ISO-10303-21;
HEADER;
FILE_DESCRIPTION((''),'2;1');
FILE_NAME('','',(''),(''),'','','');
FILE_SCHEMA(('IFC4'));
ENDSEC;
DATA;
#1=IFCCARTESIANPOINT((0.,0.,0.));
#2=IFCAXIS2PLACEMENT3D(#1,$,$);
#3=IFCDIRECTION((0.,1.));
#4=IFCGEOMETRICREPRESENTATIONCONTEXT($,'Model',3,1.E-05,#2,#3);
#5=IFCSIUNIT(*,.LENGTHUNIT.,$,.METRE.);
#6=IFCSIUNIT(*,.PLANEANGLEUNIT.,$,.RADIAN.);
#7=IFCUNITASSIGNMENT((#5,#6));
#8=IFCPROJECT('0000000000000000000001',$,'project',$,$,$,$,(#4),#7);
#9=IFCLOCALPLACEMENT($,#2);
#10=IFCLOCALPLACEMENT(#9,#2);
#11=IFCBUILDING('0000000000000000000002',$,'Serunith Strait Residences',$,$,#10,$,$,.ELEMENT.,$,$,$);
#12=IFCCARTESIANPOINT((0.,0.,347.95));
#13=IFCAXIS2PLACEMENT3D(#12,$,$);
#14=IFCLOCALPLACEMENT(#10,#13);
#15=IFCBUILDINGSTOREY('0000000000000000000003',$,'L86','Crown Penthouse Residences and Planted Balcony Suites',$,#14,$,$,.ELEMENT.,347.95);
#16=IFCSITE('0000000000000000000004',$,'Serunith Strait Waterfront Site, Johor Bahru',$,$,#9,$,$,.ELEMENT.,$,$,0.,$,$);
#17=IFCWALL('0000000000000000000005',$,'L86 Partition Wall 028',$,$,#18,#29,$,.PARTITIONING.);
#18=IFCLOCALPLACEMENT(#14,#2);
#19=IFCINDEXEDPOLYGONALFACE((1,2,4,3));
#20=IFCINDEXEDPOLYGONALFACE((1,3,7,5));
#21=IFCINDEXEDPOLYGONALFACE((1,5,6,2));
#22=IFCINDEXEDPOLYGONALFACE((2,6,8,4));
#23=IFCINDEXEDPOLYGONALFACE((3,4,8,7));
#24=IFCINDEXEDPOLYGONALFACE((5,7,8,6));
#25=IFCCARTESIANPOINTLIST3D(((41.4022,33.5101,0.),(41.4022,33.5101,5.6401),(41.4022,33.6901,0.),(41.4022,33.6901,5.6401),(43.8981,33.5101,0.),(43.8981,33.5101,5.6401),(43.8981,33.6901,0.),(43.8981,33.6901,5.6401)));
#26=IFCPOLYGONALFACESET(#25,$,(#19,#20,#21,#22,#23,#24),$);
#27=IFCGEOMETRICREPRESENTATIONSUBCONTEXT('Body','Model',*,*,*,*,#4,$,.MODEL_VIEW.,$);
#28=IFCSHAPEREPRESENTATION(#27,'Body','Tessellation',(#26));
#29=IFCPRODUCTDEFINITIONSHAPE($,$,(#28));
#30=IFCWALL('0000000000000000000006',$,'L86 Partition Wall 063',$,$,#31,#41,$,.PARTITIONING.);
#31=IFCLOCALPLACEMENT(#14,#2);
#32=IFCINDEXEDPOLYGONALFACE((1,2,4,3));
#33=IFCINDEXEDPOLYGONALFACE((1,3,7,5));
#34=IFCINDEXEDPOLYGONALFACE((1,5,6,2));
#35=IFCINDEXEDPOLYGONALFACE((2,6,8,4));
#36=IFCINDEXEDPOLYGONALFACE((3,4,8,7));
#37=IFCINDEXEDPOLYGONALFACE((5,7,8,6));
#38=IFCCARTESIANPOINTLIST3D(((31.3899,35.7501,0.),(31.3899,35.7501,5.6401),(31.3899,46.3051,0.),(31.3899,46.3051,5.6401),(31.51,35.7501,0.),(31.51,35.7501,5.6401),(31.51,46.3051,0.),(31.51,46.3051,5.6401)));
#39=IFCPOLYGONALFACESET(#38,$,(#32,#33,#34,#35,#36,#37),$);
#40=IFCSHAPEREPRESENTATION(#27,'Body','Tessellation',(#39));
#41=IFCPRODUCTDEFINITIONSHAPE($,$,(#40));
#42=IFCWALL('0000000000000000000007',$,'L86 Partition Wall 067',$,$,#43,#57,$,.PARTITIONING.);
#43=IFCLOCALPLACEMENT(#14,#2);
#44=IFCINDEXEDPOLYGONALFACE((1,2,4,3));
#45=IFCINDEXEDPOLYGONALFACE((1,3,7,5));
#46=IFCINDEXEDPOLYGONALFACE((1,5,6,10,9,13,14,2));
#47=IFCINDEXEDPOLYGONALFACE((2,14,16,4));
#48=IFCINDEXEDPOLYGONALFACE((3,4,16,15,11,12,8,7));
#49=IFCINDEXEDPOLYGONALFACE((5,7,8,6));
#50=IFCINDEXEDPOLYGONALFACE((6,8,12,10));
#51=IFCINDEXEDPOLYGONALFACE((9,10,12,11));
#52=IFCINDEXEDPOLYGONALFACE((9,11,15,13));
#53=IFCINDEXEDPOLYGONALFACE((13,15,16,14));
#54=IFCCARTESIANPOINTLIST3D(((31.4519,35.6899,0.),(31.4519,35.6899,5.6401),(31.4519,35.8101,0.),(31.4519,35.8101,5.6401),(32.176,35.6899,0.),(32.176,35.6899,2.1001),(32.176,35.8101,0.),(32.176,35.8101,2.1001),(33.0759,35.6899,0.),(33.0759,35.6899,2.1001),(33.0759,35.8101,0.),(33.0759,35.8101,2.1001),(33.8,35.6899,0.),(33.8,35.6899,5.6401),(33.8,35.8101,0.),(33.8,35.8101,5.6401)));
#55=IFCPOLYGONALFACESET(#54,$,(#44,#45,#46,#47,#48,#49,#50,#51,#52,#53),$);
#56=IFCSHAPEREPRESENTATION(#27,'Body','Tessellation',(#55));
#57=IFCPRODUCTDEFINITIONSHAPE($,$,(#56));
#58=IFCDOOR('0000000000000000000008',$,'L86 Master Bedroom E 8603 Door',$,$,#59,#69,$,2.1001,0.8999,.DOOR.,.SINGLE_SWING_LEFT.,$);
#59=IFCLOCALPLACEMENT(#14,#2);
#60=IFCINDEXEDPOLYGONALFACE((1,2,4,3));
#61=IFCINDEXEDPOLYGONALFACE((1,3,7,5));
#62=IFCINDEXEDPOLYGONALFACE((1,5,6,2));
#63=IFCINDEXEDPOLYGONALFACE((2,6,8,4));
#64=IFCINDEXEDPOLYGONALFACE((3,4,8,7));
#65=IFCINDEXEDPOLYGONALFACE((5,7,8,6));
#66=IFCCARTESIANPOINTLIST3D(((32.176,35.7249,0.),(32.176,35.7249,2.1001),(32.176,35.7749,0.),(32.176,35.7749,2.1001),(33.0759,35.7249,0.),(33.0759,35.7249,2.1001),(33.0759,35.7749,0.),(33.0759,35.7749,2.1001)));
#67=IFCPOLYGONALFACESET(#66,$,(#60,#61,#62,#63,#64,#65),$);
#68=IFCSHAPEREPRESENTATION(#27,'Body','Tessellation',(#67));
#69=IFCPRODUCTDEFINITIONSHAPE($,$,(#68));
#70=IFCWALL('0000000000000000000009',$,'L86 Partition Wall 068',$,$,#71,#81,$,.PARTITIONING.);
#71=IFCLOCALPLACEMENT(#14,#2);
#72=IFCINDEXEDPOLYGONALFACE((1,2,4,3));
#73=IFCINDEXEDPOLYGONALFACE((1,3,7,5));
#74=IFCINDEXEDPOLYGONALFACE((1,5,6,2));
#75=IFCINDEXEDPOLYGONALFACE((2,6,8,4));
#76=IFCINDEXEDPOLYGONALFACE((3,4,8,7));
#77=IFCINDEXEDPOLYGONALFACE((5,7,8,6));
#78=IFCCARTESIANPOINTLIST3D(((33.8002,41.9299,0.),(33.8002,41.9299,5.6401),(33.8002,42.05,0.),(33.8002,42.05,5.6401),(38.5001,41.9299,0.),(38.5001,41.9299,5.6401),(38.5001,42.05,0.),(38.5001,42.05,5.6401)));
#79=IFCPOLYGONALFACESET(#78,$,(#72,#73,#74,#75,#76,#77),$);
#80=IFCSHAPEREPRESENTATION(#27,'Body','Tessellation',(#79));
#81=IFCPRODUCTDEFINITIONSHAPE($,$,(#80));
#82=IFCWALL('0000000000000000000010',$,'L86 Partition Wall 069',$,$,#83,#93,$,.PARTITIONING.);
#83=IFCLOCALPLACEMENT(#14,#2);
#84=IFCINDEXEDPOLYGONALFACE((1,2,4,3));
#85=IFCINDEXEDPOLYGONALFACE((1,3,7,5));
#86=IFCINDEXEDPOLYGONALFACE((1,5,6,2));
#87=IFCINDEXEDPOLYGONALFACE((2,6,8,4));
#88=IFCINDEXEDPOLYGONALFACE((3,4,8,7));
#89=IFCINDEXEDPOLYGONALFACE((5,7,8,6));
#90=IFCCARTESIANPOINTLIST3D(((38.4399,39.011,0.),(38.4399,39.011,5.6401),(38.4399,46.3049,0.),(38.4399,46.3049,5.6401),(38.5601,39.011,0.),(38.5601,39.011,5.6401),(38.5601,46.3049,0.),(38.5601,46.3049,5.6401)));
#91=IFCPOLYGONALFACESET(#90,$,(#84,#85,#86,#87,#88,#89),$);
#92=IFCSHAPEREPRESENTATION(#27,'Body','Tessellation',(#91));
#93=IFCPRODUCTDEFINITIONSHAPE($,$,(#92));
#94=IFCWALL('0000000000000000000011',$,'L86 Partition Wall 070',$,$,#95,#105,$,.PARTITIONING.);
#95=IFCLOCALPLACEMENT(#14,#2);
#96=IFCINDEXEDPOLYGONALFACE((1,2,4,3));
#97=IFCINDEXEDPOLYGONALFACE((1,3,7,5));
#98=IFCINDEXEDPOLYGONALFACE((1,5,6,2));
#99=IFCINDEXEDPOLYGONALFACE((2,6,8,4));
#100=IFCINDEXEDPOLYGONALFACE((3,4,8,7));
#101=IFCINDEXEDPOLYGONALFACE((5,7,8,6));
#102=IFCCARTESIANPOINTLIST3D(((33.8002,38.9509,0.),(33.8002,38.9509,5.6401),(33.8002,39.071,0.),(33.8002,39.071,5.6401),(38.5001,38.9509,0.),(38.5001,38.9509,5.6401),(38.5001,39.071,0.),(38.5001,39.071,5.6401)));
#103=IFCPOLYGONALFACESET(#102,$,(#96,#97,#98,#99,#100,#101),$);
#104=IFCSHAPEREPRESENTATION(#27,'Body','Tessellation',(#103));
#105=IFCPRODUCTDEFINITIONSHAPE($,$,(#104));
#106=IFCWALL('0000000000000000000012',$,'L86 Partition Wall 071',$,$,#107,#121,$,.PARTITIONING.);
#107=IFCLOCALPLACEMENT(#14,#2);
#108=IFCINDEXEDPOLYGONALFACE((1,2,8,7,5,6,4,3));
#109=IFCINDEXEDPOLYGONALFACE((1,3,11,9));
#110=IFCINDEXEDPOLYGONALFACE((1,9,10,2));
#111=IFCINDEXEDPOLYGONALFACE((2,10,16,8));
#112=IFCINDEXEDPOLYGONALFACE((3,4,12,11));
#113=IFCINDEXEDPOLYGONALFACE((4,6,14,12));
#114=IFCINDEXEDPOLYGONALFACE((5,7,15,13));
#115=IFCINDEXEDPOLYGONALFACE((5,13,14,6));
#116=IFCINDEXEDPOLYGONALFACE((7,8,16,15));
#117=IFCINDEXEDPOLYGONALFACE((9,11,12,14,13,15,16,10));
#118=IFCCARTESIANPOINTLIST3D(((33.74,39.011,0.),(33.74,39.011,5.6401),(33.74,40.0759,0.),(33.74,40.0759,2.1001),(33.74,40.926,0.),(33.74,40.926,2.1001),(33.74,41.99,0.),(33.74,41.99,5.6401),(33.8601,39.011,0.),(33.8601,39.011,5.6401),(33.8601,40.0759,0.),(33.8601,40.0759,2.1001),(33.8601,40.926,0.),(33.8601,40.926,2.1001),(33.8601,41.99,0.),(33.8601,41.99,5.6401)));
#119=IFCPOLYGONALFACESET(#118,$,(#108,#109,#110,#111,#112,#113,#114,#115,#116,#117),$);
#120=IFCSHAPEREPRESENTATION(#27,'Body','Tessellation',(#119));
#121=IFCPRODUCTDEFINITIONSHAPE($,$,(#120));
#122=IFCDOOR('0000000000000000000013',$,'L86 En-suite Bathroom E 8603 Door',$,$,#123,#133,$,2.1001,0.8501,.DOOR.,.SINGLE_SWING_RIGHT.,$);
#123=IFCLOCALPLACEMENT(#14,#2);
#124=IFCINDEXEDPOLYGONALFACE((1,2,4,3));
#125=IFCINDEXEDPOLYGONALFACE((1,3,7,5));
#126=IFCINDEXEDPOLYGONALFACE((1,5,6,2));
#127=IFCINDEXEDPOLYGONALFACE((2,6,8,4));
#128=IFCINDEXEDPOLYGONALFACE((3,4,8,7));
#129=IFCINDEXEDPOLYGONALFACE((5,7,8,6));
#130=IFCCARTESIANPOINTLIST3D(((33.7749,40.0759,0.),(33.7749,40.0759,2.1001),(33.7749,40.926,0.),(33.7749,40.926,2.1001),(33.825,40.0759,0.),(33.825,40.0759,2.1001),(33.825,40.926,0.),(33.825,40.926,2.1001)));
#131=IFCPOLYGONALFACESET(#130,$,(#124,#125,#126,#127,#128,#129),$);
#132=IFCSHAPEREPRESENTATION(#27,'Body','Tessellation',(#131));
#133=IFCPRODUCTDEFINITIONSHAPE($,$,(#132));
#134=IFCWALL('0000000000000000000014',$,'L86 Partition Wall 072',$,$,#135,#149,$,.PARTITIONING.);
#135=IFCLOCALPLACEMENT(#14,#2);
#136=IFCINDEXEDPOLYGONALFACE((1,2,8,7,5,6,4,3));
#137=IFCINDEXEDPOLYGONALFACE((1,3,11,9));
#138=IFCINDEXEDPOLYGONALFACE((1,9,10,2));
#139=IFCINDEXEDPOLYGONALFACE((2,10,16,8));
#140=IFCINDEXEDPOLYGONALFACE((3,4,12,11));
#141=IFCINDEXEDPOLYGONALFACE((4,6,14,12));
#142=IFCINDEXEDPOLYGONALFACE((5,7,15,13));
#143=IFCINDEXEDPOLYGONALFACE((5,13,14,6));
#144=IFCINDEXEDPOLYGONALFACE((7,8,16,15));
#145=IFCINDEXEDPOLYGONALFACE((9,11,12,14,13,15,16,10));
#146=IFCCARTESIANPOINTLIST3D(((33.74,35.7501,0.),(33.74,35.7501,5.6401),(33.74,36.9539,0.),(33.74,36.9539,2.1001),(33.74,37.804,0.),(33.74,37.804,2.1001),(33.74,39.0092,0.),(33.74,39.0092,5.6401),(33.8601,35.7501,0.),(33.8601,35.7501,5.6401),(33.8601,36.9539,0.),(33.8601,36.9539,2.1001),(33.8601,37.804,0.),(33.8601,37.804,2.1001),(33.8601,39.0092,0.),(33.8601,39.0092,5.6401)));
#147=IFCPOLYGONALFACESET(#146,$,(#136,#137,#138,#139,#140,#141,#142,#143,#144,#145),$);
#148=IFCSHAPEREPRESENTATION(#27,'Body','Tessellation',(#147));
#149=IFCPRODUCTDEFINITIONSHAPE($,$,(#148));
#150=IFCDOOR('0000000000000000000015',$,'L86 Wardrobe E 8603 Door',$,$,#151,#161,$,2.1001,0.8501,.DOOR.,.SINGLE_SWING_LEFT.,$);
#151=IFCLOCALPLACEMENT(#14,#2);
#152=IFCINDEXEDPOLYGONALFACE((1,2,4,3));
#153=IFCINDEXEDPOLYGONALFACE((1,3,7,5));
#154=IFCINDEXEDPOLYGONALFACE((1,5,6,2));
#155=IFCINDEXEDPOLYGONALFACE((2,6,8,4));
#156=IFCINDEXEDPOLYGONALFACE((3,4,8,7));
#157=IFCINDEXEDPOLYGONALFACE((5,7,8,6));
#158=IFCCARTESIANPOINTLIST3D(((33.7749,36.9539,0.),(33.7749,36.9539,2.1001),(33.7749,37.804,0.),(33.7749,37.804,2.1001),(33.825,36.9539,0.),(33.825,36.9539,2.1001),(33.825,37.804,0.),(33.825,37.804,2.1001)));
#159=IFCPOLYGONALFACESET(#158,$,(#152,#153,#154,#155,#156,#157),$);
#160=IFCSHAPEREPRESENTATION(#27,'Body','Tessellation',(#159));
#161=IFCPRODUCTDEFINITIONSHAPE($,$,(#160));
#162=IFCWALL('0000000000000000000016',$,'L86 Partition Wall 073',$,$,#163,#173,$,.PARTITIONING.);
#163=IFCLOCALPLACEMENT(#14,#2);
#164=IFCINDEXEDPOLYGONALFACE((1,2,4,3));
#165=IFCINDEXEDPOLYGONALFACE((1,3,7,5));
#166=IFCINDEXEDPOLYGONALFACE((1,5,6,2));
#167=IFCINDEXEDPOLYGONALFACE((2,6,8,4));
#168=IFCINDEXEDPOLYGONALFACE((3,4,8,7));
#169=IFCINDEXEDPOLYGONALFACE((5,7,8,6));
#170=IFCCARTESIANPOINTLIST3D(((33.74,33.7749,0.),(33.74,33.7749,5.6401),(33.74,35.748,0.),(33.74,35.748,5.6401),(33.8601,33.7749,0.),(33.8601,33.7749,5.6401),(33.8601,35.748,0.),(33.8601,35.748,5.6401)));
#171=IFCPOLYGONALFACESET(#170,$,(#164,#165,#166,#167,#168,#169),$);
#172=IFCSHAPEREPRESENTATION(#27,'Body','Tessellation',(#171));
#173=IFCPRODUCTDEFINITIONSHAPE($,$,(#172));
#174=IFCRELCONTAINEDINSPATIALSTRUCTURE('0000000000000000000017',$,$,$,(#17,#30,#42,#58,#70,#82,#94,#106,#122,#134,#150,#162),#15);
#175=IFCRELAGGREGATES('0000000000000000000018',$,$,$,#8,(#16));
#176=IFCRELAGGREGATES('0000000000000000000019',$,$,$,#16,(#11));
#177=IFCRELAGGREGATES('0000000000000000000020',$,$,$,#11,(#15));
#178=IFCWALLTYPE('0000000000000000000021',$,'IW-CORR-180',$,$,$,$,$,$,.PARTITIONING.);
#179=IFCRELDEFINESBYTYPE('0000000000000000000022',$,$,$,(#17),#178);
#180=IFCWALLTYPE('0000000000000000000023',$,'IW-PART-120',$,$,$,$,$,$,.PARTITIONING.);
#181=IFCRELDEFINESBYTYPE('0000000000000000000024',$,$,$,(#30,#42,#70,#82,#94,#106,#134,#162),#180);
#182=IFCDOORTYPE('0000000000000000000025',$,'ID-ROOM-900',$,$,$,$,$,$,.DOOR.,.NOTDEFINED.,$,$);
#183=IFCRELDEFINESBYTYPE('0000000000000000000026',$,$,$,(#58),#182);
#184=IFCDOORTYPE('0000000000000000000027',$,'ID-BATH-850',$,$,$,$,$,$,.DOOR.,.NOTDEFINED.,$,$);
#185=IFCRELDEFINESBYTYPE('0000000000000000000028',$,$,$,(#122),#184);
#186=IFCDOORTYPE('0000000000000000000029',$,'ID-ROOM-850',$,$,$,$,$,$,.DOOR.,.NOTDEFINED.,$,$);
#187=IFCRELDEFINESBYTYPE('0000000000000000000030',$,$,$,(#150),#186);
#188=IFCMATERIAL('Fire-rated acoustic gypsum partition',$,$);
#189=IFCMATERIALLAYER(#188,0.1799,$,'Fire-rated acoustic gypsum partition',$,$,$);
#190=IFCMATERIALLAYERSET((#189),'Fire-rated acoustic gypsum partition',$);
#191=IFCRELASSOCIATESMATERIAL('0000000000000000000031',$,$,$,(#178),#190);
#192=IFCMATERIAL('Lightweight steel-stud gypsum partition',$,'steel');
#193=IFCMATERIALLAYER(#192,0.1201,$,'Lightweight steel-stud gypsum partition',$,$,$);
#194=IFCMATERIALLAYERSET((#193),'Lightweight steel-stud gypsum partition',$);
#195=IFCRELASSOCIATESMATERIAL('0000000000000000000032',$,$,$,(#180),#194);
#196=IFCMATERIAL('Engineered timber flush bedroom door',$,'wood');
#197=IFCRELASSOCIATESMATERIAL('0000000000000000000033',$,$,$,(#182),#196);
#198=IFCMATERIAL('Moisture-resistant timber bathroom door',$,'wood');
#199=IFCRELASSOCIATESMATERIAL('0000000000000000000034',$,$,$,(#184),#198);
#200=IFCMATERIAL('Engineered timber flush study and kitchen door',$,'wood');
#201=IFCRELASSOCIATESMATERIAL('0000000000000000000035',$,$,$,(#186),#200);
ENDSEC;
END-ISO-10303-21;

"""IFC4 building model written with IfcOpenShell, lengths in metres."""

from ifc_helpers import new_model, si_unit, direction, frame, frame_2d, origin, place, context, subcontext, project, spatial, rectangle, extrude, source, transform, mapped, material, layer, layer_set, type_object, element, fill, save


model = new_model("IFC4")

# Units and contexts
model_context = context("Model", 3, precision=1e-05, world=origin(), true_north=direction((0.0, 1.0)))
body_context = subcontext(model_context, "Body", "Model", "MODEL_VIEW")
ifc_project = project(units=[si_unit("LENGTHUNIT", "METRE"), si_unit("PLANEANGLEUNIT", "RADIAN")], contexts=[model_context])

# Site, building, storey
site_placement = place(None, origin())
site = spatial("IfcSite", under=ifc_project, at=site_placement, Name="Serunith Strait Waterfront Site, Johor Bahru", CompositionType="ELEMENT", RefElevation=0.0)
building_placement = place(site_placement, origin())
building = spatial("IfcBuilding", under=site, at=building_placement, Name="Serunith Strait Residences", CompositionType="ELEMENT")
storey_placement = place(building_placement, frame((0.0, 0.0, 347.95)))
storey = spatial("IfcBuildingStorey", under=building, at=storey_placement, Name="L86", Description="Crown Penthouse Residences and Planted Balcony Suites", CompositionType="ELEMENT", Elevation=347.95)

# Walls
ifc_material_1 = material(Name="Fire-rated acoustic gypsum partition")
ifc_layer_1 = layer(ifc_material_1, 0.1799, Name="Fire-rated acoustic gypsum partition")
ifc_layer_set_1 = layer_set([ifc_layer_1], Name="Fire-rated acoustic gypsum partition")
wall_type_1 = type_object("IfcWallType", Name="IW-CORR-180", PredefinedType="PARTITIONING", material=ifc_layer_set_1)
wall_1_placement = place(storey_placement, frame((41.4021, 33.6001, 0.0), z_axis=(0.0, 0.0, 1.0), x_axis=(1.0, 0.0, 0.0)))
element("IfcWall", 1, at=wall_1_placement, inside=storey, type_object=wall_type_1, Name="L86 Partition Wall 028", PredefinedType="PARTITIONING", context=body_context, shape_type="SweptSolid", body=[
    extrude(rectangle(XDim=2.4958, YDim=0.1799, at=frame_2d((1.248, 0.0))), origin(), (0.0, 0.0, 1.0), 5.6401),
])
ifc_material_2 = material(Name="Lightweight steel-stud gypsum partition", Category="steel")
ifc_layer_2 = layer(ifc_material_2, 0.1201, Name="Lightweight steel-stud gypsum partition")
ifc_layer_set_2 = layer_set([ifc_layer_2], Name="Lightweight steel-stud gypsum partition")
wall_type_2 = type_object("IfcWallType", Name="IW-PART-120", PredefinedType="PARTITIONING", material=ifc_layer_set_2)
wall_2_placement = place(storey_placement, frame((31.45, 46.3049, 0.0), z_axis=(0.0, 0.0, 1.0), x_axis=(0.0, -1.0, 0.0)))
element("IfcWall", 2, at=wall_2_placement, inside=storey, type_object=wall_type_2, Name="L86 Partition Wall 063", PredefinedType="PARTITIONING", context=body_context, shape_type="SweptSolid", body=[
    extrude(rectangle(XDim=10.5549, YDim=0.1201, at=frame_2d((5.2773, 0.0))), origin(), (0.0, 0.0, 1.0), 5.6401),
])

# Wall, opening, door
wall_3_placement = place(storey_placement, frame((31.4519, 35.75, 0.0), z_axis=(0.0, 0.0, 1.0), x_axis=(1.0, 0.0, 0.0)))
wall_3 = element("IfcWall", 3, at=wall_3_placement, inside=storey, type_object=wall_type_2, Name="L86 Partition Wall 067", PredefinedType="PARTITIONING", context=body_context, shape_type="SweptSolid", body=[
    extrude(rectangle(XDim=2.3481, YDim=0.1201, at=frame_2d((1.1741, 0.0))), origin(), (0.0, 0.0, 1.0), 5.6401),
])
opening_1_placement = place(wall_3_placement, frame((0.7241, 0.0, 0.0)))
opening_1 = element("IfcOpeningElement", 4, at=opening_1_placement, cuts=wall_3, PredefinedType="OPENING", context=body_context, shape_type="SweptSolid", body=[
    extrude(rectangle(XDim=0.8999, YDim=2.1001, at=frame_2d((0.45, 1.05))), frame((0.0, 0.0701, 0.0), z_axis=(0.0, -1.0, 0.0), x_axis=(1.0, 0.0, 0.0)), (0.0, 0.0, 1.0), 0.1401),
])
ifc_material_3 = material(Name="Engineered timber flush bedroom door", Category="wood")
door_type_1 = type_object("IfcDoorType", Name="ID-ROOM-900", OperationType="NOTDEFINED", PredefinedType="DOOR", material=ifc_material_3)
shared_shape_1 = source(origin(), body_context, "Body", "SweptSolid", [
    extrude(rectangle(XDim=0.8999, YDim=2.1001, at=frame_2d((0.45, 1.05))), frame((0.0, 0.0249, 0.0), z_axis=(0.0, -1.0, 0.0), x_axis=(1.0, 0.0, 0.0)), (0.0, 0.0, 1.0), 0.05),
])
door_1_placement = place(opening_1_placement, origin())
door_1 = element("IfcDoor", 5, at=door_1_placement, inside=storey, type_object=door_type_1, Name="L86 Master Bedroom E 8603 Door", OperationType="SINGLE_SWING_LEFT", OverallHeight=2.1001, OverallWidth=0.8999, PredefinedType="DOOR", context=body_context, shape_type="MappedRepresentation", body=[
    mapped(shared_shape_1, transform((0.0, 0.0, 0.0), scale=1.0)),
])
fill(opening_1, door_1)

# Walls
wall_4_placement = place(storey_placement, frame((33.8, 41.99, 0.0), z_axis=(0.0, 0.0, 1.0), x_axis=(1.0, 0.0, 0.0)))
element("IfcWall", 6, at=wall_4_placement, inside=storey, type_object=wall_type_2, Name="L86 Partition Wall 068", PredefinedType="PARTITIONING", context=body_context, shape_type="SweptSolid", body=[
    extrude(rectangle(XDim=4.7, YDim=0.1201, at=frame_2d((2.3501, 0.0))), origin(), (0.0, 0.0, 1.0), 5.6401),
])
wall_5_placement = place(storey_placement, frame((38.5, 46.3049, 0.0), z_axis=(0.0, 0.0, 1.0), x_axis=(0.0, -1.0, 0.0)))
element("IfcWall", 7, at=wall_5_placement, inside=storey, type_object=wall_type_2, Name="L86 Partition Wall 069", PredefinedType="PARTITIONING", context=body_context, shape_type="SweptSolid", body=[
    extrude(rectangle(XDim=7.2939, YDim=0.1201, at=frame_2d((3.647, 0.0))), origin(), (0.0, 0.0, 1.0), 5.6401),
])
wall_6_placement = place(storey_placement, frame((33.8, 39.011, 0.0), z_axis=(0.0, 0.0, 1.0), x_axis=(1.0, 0.0, 0.0)))
element("IfcWall", 8, at=wall_6_placement, inside=storey, type_object=wall_type_2, Name="L86 Partition Wall 070", PredefinedType="PARTITIONING", context=body_context, shape_type="SweptSolid", body=[
    extrude(rectangle(XDim=4.7, YDim=0.1201, at=frame_2d((2.3501, 0.0))), origin(), (0.0, 0.0, 1.0), 5.6401),
])

# Walls, openings, doors
wall_7_placement = place(storey_placement, frame((33.8, 41.99, 0.0), z_axis=(0.0, 0.0, 1.0), x_axis=(0.0, -1.0, 0.0)))
wall_7 = element("IfcWall", 9, at=wall_7_placement, inside=storey, type_object=wall_type_2, Name="L86 Partition Wall 071", PredefinedType="PARTITIONING", context=body_context, shape_type="SweptSolid", body=[
    extrude(rectangle(XDim=2.979, YDim=0.1201, at=frame_2d((1.4895, 0.0))), origin(), (0.0, 0.0, 1.0), 5.6401),
])
opening_2_placement = place(wall_7_placement, frame((1.064, 0.0, 0.0)))
opening_2 = element("IfcOpeningElement", 10, at=opening_2_placement, cuts=wall_7, PredefinedType="OPENING", context=body_context, shape_type="SweptSolid", body=[
    extrude(rectangle(XDim=0.8501, YDim=2.1001, at=frame_2d((0.425, 1.05))), frame((0.0, 0.0701, 0.0), z_axis=(0.0, -1.0, 0.0), x_axis=(1.0, 0.0, 0.0)), (0.0, 0.0, 1.0), 0.1401),
])
ifc_material_4 = material(Name="Moisture-resistant timber bathroom door", Category="wood")
door_type_2 = type_object("IfcDoorType", Name="ID-BATH-850", OperationType="NOTDEFINED", PredefinedType="DOOR", material=ifc_material_4)
shared_shape_2 = source(origin(), body_context, "Body", "SweptSolid", [
    extrude(rectangle(XDim=0.8501, YDim=2.1001, at=frame_2d((0.425, 1.05))), frame((0.0, 0.0249, 0.0), z_axis=(0.0, -1.0, 0.0), x_axis=(1.0, 0.0, 0.0)), (0.0, 0.0, 1.0), 0.05),
])
door_2_placement = place(opening_2_placement, origin())
door_2 = element("IfcDoor", 11, at=door_2_placement, inside=storey, type_object=door_type_2, Name="L86 En-suite Bathroom E 8603 Door", OperationType="SINGLE_SWING_RIGHT", OverallHeight=2.1001, OverallWidth=0.8501, PredefinedType="DOOR", context=body_context, shape_type="MappedRepresentation", body=[
    mapped(shared_shape_2, transform((0.0, 0.0, 0.0), scale=1.0)),
])
fill(opening_2, door_2)
wall_8_placement = place(storey_placement, frame((33.8, 39.009, 0.0), z_axis=(0.0, 0.0, 1.0), x_axis=(0.0, -1.0, 0.0)))
wall_8 = element("IfcWall", 12, at=wall_8_placement, inside=storey, type_object=wall_type_2, Name="L86 Partition Wall 072", PredefinedType="PARTITIONING", context=body_context, shape_type="SweptSolid", body=[
    extrude(rectangle(XDim=3.259, YDim=0.1201, at=frame_2d((1.6294, 0.0))), origin(), (0.0, 0.0, 1.0), 5.6401),
])
opening_3_placement = place(wall_8_placement, frame((1.2051, 0.0, 0.0)))
opening_3 = element("IfcOpeningElement", 13, at=opening_3_placement, cuts=wall_8, PredefinedType="OPENING", context=body_context, shape_type="SweptSolid", body=[
    extrude(rectangle(XDim=0.8501, YDim=2.1001, at=frame_2d((0.425, 1.05))), frame((0.0, 0.0701, 0.0), z_axis=(0.0, -1.0, 0.0), x_axis=(1.0, 0.0, 0.0)), (0.0, 0.0, 1.0), 0.1401),
])
ifc_material_5 = material(Name="Engineered timber flush study and kitchen door", Category="wood")
door_type_3 = type_object("IfcDoorType", Name="ID-ROOM-850", OperationType="NOTDEFINED", PredefinedType="DOOR", material=ifc_material_5)
door_3_placement = place(opening_3_placement, origin())
door_3 = element("IfcDoor", 14, at=door_3_placement, inside=storey, type_object=door_type_3, Name="L86 Wardrobe E 8603 Door", OperationType="SINGLE_SWING_LEFT", OverallHeight=2.1001, OverallWidth=0.8501, PredefinedType="DOOR", context=body_context, shape_type="MappedRepresentation", body=[
    mapped(shared_shape_2, transform((0.0, 0.0, 0.0), scale=1.0)),
])
fill(opening_3, door_3)

# Wall
wall_9_placement = place(storey_placement, frame((33.8, 35.748, 0.0), z_axis=(0.0, 0.0, 1.0), x_axis=(0.0, -1.0, 0.0)))
element("IfcWall", 15, at=wall_9_placement, inside=storey, type_object=wall_type_2, Name="L86 Partition Wall 073", PredefinedType="PARTITIONING", context=body_context, shape_type="SweptSolid", body=[
    extrude(rectangle(XDim=1.9731, YDim=0.1201, at=frame_2d((0.9866, 0.0))), origin(), (0.0, 0.0, 1.0), 5.6401),
])

save(model, "model.ifc")
